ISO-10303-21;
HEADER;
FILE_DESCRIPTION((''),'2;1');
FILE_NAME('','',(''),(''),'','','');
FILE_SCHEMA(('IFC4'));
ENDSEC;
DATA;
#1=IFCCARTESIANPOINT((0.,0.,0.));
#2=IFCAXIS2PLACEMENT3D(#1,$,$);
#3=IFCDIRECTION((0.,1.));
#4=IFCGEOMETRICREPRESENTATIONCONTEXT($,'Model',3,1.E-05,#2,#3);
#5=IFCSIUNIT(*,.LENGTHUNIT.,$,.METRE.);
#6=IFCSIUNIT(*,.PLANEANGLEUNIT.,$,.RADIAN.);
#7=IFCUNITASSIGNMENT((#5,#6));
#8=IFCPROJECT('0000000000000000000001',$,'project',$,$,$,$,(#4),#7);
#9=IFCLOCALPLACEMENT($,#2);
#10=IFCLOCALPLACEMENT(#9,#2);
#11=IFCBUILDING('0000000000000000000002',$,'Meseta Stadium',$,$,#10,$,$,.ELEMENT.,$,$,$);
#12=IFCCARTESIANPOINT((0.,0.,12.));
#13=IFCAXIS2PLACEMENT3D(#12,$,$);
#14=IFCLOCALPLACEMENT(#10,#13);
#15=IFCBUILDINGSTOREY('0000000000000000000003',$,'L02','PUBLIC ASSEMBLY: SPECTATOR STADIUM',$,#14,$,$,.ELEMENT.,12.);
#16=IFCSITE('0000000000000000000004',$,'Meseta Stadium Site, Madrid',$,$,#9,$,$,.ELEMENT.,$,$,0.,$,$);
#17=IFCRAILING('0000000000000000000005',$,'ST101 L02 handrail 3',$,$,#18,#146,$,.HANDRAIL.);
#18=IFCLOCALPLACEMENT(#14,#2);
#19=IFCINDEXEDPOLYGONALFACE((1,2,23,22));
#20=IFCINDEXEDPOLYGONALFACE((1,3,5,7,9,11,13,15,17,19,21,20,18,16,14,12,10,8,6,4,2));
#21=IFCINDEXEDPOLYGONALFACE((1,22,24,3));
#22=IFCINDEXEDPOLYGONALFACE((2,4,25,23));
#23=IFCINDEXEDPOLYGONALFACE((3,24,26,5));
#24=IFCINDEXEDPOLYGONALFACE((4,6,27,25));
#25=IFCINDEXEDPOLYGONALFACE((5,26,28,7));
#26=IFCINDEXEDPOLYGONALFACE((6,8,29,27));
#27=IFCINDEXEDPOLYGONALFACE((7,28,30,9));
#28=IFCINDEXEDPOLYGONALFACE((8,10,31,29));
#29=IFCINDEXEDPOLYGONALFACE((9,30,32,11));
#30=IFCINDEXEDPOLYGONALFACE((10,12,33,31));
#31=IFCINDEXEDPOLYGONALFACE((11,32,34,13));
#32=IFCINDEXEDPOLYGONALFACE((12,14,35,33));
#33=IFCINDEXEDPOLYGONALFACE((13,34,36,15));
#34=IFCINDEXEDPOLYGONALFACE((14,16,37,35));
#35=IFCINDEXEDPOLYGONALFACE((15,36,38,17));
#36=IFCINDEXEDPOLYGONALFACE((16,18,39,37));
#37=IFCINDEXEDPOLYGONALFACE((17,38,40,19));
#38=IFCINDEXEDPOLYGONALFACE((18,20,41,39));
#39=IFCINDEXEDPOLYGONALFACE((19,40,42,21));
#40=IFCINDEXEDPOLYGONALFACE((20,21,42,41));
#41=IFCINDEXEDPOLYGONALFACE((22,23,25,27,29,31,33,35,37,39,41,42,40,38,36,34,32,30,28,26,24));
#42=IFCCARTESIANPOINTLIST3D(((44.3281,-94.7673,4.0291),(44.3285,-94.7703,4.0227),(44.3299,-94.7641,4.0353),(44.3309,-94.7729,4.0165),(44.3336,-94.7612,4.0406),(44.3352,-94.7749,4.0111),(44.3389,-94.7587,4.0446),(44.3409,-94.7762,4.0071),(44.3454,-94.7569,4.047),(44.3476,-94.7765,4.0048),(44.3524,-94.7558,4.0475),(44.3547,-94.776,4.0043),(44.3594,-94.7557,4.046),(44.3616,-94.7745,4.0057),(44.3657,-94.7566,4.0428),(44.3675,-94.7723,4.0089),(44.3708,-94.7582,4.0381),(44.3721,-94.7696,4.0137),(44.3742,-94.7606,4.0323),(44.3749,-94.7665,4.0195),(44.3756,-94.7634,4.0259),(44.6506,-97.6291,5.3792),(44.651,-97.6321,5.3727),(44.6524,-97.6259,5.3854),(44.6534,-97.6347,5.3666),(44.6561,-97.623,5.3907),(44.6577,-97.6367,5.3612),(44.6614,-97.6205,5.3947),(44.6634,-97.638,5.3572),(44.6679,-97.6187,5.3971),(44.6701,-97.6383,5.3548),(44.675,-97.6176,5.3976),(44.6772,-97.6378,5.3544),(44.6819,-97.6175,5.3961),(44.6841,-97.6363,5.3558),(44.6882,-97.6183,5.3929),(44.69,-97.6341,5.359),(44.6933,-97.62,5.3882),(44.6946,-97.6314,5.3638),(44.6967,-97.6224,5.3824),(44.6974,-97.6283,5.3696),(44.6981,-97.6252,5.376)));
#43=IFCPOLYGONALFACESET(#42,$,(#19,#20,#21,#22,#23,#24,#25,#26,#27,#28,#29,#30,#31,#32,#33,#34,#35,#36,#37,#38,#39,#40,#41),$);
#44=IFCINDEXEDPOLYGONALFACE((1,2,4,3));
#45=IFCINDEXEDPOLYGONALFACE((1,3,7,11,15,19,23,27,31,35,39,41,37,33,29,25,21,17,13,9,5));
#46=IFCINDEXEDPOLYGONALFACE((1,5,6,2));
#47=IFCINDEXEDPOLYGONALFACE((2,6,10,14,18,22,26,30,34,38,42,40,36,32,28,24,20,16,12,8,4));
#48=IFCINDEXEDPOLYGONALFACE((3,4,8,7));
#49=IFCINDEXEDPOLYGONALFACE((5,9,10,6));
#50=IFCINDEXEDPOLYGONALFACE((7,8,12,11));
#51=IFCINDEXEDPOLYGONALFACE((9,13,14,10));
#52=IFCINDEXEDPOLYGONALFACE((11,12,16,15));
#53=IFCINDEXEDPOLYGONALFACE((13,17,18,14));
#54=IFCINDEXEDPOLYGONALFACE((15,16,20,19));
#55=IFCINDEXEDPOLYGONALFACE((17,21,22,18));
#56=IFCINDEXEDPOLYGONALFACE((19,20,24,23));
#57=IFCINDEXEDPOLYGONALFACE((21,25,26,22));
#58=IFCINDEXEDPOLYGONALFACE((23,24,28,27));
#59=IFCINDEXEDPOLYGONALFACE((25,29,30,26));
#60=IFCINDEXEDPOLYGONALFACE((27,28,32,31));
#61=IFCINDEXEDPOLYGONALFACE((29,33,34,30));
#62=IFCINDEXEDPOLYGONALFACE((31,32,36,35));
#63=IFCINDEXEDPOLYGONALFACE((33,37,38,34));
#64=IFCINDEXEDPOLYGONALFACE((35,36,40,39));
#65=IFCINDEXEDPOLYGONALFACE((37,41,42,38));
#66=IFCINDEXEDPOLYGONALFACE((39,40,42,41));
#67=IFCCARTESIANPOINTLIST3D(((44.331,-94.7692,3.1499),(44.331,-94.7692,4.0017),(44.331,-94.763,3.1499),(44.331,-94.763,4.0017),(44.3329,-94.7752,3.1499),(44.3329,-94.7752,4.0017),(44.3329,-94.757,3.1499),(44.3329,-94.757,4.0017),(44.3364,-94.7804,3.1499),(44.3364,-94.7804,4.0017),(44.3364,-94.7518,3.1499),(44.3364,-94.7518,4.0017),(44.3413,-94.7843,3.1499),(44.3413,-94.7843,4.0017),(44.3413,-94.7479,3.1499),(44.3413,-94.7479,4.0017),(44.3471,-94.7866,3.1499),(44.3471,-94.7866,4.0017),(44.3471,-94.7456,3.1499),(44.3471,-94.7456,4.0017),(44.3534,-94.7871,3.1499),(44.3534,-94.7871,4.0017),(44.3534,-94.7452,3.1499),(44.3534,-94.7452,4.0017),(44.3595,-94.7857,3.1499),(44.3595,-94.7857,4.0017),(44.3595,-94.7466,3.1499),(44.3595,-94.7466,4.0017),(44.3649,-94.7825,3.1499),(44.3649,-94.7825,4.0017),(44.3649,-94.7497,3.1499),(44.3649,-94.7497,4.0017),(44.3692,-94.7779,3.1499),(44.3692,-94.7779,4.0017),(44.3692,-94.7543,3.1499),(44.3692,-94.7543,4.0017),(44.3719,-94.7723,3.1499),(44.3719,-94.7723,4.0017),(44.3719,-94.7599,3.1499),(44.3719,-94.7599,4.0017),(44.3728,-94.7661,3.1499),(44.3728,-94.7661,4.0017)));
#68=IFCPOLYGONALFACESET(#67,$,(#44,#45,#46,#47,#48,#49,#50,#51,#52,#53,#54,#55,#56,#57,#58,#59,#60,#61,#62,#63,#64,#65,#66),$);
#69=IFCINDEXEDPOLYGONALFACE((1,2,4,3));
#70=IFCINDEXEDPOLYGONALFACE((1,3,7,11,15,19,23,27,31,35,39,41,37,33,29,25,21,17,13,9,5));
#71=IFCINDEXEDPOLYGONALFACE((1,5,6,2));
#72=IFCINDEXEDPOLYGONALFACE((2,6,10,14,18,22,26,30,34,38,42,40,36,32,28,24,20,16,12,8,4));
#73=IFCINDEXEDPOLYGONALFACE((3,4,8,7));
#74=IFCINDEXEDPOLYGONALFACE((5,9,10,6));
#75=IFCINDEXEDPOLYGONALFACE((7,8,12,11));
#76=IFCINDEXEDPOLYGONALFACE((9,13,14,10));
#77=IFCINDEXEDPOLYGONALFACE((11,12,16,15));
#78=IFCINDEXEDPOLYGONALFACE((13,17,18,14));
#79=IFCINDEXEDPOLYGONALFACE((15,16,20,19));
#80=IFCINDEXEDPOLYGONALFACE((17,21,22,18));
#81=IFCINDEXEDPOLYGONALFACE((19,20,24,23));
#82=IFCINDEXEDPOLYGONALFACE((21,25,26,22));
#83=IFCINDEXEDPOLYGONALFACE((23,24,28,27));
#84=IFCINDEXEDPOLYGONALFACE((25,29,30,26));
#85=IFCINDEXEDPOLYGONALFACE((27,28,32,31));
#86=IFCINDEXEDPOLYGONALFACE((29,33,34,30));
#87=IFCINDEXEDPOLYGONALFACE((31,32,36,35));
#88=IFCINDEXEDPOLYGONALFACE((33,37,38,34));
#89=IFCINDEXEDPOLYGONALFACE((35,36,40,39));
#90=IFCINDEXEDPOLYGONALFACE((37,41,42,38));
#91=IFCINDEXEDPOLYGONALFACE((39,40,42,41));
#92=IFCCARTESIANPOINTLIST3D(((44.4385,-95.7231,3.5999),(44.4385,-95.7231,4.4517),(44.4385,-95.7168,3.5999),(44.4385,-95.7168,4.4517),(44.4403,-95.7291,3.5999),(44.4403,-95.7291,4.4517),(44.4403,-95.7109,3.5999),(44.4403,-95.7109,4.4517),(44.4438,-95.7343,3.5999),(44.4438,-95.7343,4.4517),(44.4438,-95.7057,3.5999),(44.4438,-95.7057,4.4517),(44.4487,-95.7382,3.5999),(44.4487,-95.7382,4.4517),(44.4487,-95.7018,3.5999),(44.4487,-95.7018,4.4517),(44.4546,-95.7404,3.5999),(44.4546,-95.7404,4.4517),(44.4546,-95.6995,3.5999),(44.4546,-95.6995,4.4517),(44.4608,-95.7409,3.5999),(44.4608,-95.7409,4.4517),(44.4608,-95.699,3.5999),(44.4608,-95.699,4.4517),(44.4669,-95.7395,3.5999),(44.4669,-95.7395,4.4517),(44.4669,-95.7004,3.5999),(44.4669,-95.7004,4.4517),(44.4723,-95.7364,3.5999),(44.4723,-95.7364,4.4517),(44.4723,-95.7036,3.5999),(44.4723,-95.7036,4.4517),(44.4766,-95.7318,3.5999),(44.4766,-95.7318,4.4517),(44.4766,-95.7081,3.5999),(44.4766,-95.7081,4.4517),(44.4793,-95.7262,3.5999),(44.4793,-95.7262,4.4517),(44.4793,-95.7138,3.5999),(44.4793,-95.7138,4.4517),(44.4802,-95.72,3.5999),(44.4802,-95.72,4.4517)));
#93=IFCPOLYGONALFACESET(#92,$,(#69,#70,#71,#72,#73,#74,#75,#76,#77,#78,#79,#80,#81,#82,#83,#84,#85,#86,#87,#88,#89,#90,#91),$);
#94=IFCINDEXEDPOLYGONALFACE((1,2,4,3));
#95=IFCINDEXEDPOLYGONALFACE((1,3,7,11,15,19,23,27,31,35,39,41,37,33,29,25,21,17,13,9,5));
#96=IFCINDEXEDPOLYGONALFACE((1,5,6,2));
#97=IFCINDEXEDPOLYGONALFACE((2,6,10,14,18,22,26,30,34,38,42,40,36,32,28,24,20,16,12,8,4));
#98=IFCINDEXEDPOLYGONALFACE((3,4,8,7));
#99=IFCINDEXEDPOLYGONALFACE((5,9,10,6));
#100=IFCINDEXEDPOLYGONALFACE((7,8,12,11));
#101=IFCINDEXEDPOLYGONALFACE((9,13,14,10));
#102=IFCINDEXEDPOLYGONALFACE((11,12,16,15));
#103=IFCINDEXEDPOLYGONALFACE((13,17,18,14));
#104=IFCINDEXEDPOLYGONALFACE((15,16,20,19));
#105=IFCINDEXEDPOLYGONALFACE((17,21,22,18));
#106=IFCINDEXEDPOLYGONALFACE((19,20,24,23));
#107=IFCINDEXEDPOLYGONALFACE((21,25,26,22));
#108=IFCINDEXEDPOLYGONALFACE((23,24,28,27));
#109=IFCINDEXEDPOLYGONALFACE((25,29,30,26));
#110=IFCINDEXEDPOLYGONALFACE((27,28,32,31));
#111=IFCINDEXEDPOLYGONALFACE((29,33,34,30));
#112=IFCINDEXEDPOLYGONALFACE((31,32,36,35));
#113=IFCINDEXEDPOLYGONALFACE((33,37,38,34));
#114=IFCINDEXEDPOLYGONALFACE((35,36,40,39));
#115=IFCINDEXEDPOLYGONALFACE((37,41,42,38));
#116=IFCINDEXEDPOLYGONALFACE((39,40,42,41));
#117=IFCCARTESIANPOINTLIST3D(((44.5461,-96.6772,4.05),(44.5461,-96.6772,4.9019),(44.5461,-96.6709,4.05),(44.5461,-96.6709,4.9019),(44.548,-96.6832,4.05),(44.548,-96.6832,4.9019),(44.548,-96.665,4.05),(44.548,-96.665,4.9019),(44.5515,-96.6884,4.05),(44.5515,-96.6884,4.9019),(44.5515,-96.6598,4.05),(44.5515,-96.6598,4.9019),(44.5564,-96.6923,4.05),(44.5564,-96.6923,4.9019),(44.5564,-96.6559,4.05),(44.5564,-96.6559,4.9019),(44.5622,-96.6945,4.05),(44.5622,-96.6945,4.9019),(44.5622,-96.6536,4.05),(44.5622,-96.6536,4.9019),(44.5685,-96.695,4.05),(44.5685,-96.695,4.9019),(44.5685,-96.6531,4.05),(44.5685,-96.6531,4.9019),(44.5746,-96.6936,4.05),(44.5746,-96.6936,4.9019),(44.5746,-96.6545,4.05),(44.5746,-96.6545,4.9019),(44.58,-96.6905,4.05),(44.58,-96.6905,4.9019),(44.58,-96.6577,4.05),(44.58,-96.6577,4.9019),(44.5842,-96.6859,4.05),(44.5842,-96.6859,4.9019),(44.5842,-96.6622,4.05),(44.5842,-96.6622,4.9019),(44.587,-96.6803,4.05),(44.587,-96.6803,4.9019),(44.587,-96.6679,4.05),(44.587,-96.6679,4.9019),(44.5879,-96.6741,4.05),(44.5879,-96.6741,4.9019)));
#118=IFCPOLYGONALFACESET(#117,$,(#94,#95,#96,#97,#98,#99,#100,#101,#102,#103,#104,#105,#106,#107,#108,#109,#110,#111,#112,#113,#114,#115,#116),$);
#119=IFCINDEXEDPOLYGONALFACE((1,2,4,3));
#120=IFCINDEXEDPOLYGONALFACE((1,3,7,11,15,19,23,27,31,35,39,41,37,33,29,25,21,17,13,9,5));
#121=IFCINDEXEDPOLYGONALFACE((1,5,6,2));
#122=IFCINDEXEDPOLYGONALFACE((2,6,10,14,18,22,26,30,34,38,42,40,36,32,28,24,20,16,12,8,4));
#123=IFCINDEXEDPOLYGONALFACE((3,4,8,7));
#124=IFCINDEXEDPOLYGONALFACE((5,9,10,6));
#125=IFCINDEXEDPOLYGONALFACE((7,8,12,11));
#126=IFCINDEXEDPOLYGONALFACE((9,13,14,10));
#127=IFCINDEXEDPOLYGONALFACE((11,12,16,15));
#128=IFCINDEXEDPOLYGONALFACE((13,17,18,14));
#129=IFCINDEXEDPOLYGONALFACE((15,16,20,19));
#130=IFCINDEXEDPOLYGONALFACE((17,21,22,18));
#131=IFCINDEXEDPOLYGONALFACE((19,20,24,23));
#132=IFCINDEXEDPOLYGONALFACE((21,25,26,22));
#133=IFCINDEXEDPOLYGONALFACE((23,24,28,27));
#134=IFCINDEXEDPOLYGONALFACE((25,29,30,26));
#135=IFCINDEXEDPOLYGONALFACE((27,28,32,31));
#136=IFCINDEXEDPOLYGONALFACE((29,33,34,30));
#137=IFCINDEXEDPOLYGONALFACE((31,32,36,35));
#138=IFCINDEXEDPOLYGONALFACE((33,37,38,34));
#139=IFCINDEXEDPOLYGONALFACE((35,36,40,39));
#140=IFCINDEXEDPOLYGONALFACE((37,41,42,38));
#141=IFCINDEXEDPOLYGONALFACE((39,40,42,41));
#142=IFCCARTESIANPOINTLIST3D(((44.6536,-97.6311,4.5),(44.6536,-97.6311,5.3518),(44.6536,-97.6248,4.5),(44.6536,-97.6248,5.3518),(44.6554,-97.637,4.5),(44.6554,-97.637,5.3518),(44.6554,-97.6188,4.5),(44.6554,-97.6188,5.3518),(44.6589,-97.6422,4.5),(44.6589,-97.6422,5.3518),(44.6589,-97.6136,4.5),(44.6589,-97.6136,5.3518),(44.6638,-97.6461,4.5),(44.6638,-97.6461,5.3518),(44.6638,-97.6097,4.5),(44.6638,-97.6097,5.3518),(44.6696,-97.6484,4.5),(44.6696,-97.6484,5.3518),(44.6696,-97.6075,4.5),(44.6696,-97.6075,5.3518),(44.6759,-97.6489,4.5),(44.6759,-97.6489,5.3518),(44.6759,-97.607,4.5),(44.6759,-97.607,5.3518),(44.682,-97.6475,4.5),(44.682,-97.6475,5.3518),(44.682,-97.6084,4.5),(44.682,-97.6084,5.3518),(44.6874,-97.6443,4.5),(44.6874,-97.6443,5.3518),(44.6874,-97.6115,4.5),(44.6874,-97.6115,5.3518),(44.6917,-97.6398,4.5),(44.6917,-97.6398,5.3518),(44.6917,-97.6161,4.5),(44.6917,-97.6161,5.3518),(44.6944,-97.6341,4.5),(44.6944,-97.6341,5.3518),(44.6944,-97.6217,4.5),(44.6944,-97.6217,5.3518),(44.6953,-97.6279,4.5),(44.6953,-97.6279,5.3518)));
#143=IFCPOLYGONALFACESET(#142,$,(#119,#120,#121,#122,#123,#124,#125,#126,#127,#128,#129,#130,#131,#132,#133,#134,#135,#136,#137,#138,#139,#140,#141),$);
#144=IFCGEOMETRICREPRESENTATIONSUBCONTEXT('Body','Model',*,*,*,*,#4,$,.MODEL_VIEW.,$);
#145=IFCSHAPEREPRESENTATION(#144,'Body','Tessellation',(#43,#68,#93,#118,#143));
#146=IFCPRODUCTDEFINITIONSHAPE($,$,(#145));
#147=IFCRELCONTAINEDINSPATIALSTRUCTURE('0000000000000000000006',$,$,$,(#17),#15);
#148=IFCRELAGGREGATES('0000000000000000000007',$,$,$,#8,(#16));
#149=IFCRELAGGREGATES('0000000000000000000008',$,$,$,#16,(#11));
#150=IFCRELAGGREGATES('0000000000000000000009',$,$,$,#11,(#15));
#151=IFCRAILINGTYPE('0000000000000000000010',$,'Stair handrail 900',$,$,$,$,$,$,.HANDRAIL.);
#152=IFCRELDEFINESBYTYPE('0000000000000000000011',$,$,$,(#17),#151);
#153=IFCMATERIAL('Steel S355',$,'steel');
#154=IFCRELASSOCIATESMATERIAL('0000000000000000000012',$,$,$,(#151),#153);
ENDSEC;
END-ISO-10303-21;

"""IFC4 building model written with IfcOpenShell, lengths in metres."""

from ifc_helpers import new_model, si_unit, direction, frame, origin, origin_2d, place, context, subcontext, project, spatial, circle, extrude, material, type_object, element, save


model = new_model("IFC4")

# Units and contexts
model_context = context("Model", 3, precision=1e-05, world=origin(), true_north=direction((0.0, 1.0)))
body_context = subcontext(model_context, "Body", "Model", "MODEL_VIEW")
ifc_project = project(units=[si_unit("LENGTHUNIT", "METRE"), si_unit("PLANEANGLEUNIT", "RADIAN")], contexts=[model_context])

# Site, building, storey
site_placement = place(None, origin())
site = spatial("IfcSite", under=ifc_project, at=site_placement, Name="Meseta Stadium Site, Madrid", CompositionType="ELEMENT", RefElevation=0.0)
building_placement = place(site_placement, origin())
building = spatial("IfcBuilding", under=site, at=building_placement, Name="Meseta Stadium", CompositionType="ELEMENT")
storey_placement = place(building_placement, frame((0.0, 0.0, 12.0)))
storey = spatial("IfcBuildingStorey", under=building, at=storey_placement, Name="L02", Description="PUBLIC ASSEMBLY: SPECTATOR STADIUM", CompositionType="ELEMENT", Elevation=12.0)

# Railing
ifc_material_1 = material(Name="Steel S355", Category="steel")
railing_type_1 = type_object("IfcRailingType", Name="Stair handrail 900", PredefinedType="HANDRAIL", material=ifc_material_1)
for number, where, name in (
    (1, (44.3518, -94.7661, 3.1499), "ST101 L02 handrail 3"),
):
    element("IfcRailing", number, at=place(storey_placement, frame(where)), inside=storey, type_object=railing_type_1, Name=name, PredefinedType="HANDRAIL", context=body_context, shape_type="SweptSolid", body=[
        extrude(circle(Radius=0.0239, at=origin_2d()), frame((0.0, 0.0, 0.876), z_axis=(0.101396, -0.899748, 0.424467), x_axis=(0.99371, 0.111985, 0.0)), (0.0, 0.0, 1.0), 3.1807),
        extrude(circle(Radius=0.021, at=origin_2d()), origin(), (0.0, 0.0, 1.0), 0.8518),
        extrude(circle(Radius=0.021, at=origin_2d()), frame((0.1074, -0.9539, 0.45)), (0.0, 0.0, 1.0), 0.8518),
        extrude(circle(Radius=0.021, at=origin_2d()), frame((0.2151, -1.908, 0.9001)), (0.0, 0.0, 1.0), 0.8518),
        extrude(circle(Radius=0.021, at=origin_2d()), frame((0.3225, -2.8618, 1.3501)), (0.0, 0.0, 1.0), 0.8518),
    ])

save(model, "model.ifc")
